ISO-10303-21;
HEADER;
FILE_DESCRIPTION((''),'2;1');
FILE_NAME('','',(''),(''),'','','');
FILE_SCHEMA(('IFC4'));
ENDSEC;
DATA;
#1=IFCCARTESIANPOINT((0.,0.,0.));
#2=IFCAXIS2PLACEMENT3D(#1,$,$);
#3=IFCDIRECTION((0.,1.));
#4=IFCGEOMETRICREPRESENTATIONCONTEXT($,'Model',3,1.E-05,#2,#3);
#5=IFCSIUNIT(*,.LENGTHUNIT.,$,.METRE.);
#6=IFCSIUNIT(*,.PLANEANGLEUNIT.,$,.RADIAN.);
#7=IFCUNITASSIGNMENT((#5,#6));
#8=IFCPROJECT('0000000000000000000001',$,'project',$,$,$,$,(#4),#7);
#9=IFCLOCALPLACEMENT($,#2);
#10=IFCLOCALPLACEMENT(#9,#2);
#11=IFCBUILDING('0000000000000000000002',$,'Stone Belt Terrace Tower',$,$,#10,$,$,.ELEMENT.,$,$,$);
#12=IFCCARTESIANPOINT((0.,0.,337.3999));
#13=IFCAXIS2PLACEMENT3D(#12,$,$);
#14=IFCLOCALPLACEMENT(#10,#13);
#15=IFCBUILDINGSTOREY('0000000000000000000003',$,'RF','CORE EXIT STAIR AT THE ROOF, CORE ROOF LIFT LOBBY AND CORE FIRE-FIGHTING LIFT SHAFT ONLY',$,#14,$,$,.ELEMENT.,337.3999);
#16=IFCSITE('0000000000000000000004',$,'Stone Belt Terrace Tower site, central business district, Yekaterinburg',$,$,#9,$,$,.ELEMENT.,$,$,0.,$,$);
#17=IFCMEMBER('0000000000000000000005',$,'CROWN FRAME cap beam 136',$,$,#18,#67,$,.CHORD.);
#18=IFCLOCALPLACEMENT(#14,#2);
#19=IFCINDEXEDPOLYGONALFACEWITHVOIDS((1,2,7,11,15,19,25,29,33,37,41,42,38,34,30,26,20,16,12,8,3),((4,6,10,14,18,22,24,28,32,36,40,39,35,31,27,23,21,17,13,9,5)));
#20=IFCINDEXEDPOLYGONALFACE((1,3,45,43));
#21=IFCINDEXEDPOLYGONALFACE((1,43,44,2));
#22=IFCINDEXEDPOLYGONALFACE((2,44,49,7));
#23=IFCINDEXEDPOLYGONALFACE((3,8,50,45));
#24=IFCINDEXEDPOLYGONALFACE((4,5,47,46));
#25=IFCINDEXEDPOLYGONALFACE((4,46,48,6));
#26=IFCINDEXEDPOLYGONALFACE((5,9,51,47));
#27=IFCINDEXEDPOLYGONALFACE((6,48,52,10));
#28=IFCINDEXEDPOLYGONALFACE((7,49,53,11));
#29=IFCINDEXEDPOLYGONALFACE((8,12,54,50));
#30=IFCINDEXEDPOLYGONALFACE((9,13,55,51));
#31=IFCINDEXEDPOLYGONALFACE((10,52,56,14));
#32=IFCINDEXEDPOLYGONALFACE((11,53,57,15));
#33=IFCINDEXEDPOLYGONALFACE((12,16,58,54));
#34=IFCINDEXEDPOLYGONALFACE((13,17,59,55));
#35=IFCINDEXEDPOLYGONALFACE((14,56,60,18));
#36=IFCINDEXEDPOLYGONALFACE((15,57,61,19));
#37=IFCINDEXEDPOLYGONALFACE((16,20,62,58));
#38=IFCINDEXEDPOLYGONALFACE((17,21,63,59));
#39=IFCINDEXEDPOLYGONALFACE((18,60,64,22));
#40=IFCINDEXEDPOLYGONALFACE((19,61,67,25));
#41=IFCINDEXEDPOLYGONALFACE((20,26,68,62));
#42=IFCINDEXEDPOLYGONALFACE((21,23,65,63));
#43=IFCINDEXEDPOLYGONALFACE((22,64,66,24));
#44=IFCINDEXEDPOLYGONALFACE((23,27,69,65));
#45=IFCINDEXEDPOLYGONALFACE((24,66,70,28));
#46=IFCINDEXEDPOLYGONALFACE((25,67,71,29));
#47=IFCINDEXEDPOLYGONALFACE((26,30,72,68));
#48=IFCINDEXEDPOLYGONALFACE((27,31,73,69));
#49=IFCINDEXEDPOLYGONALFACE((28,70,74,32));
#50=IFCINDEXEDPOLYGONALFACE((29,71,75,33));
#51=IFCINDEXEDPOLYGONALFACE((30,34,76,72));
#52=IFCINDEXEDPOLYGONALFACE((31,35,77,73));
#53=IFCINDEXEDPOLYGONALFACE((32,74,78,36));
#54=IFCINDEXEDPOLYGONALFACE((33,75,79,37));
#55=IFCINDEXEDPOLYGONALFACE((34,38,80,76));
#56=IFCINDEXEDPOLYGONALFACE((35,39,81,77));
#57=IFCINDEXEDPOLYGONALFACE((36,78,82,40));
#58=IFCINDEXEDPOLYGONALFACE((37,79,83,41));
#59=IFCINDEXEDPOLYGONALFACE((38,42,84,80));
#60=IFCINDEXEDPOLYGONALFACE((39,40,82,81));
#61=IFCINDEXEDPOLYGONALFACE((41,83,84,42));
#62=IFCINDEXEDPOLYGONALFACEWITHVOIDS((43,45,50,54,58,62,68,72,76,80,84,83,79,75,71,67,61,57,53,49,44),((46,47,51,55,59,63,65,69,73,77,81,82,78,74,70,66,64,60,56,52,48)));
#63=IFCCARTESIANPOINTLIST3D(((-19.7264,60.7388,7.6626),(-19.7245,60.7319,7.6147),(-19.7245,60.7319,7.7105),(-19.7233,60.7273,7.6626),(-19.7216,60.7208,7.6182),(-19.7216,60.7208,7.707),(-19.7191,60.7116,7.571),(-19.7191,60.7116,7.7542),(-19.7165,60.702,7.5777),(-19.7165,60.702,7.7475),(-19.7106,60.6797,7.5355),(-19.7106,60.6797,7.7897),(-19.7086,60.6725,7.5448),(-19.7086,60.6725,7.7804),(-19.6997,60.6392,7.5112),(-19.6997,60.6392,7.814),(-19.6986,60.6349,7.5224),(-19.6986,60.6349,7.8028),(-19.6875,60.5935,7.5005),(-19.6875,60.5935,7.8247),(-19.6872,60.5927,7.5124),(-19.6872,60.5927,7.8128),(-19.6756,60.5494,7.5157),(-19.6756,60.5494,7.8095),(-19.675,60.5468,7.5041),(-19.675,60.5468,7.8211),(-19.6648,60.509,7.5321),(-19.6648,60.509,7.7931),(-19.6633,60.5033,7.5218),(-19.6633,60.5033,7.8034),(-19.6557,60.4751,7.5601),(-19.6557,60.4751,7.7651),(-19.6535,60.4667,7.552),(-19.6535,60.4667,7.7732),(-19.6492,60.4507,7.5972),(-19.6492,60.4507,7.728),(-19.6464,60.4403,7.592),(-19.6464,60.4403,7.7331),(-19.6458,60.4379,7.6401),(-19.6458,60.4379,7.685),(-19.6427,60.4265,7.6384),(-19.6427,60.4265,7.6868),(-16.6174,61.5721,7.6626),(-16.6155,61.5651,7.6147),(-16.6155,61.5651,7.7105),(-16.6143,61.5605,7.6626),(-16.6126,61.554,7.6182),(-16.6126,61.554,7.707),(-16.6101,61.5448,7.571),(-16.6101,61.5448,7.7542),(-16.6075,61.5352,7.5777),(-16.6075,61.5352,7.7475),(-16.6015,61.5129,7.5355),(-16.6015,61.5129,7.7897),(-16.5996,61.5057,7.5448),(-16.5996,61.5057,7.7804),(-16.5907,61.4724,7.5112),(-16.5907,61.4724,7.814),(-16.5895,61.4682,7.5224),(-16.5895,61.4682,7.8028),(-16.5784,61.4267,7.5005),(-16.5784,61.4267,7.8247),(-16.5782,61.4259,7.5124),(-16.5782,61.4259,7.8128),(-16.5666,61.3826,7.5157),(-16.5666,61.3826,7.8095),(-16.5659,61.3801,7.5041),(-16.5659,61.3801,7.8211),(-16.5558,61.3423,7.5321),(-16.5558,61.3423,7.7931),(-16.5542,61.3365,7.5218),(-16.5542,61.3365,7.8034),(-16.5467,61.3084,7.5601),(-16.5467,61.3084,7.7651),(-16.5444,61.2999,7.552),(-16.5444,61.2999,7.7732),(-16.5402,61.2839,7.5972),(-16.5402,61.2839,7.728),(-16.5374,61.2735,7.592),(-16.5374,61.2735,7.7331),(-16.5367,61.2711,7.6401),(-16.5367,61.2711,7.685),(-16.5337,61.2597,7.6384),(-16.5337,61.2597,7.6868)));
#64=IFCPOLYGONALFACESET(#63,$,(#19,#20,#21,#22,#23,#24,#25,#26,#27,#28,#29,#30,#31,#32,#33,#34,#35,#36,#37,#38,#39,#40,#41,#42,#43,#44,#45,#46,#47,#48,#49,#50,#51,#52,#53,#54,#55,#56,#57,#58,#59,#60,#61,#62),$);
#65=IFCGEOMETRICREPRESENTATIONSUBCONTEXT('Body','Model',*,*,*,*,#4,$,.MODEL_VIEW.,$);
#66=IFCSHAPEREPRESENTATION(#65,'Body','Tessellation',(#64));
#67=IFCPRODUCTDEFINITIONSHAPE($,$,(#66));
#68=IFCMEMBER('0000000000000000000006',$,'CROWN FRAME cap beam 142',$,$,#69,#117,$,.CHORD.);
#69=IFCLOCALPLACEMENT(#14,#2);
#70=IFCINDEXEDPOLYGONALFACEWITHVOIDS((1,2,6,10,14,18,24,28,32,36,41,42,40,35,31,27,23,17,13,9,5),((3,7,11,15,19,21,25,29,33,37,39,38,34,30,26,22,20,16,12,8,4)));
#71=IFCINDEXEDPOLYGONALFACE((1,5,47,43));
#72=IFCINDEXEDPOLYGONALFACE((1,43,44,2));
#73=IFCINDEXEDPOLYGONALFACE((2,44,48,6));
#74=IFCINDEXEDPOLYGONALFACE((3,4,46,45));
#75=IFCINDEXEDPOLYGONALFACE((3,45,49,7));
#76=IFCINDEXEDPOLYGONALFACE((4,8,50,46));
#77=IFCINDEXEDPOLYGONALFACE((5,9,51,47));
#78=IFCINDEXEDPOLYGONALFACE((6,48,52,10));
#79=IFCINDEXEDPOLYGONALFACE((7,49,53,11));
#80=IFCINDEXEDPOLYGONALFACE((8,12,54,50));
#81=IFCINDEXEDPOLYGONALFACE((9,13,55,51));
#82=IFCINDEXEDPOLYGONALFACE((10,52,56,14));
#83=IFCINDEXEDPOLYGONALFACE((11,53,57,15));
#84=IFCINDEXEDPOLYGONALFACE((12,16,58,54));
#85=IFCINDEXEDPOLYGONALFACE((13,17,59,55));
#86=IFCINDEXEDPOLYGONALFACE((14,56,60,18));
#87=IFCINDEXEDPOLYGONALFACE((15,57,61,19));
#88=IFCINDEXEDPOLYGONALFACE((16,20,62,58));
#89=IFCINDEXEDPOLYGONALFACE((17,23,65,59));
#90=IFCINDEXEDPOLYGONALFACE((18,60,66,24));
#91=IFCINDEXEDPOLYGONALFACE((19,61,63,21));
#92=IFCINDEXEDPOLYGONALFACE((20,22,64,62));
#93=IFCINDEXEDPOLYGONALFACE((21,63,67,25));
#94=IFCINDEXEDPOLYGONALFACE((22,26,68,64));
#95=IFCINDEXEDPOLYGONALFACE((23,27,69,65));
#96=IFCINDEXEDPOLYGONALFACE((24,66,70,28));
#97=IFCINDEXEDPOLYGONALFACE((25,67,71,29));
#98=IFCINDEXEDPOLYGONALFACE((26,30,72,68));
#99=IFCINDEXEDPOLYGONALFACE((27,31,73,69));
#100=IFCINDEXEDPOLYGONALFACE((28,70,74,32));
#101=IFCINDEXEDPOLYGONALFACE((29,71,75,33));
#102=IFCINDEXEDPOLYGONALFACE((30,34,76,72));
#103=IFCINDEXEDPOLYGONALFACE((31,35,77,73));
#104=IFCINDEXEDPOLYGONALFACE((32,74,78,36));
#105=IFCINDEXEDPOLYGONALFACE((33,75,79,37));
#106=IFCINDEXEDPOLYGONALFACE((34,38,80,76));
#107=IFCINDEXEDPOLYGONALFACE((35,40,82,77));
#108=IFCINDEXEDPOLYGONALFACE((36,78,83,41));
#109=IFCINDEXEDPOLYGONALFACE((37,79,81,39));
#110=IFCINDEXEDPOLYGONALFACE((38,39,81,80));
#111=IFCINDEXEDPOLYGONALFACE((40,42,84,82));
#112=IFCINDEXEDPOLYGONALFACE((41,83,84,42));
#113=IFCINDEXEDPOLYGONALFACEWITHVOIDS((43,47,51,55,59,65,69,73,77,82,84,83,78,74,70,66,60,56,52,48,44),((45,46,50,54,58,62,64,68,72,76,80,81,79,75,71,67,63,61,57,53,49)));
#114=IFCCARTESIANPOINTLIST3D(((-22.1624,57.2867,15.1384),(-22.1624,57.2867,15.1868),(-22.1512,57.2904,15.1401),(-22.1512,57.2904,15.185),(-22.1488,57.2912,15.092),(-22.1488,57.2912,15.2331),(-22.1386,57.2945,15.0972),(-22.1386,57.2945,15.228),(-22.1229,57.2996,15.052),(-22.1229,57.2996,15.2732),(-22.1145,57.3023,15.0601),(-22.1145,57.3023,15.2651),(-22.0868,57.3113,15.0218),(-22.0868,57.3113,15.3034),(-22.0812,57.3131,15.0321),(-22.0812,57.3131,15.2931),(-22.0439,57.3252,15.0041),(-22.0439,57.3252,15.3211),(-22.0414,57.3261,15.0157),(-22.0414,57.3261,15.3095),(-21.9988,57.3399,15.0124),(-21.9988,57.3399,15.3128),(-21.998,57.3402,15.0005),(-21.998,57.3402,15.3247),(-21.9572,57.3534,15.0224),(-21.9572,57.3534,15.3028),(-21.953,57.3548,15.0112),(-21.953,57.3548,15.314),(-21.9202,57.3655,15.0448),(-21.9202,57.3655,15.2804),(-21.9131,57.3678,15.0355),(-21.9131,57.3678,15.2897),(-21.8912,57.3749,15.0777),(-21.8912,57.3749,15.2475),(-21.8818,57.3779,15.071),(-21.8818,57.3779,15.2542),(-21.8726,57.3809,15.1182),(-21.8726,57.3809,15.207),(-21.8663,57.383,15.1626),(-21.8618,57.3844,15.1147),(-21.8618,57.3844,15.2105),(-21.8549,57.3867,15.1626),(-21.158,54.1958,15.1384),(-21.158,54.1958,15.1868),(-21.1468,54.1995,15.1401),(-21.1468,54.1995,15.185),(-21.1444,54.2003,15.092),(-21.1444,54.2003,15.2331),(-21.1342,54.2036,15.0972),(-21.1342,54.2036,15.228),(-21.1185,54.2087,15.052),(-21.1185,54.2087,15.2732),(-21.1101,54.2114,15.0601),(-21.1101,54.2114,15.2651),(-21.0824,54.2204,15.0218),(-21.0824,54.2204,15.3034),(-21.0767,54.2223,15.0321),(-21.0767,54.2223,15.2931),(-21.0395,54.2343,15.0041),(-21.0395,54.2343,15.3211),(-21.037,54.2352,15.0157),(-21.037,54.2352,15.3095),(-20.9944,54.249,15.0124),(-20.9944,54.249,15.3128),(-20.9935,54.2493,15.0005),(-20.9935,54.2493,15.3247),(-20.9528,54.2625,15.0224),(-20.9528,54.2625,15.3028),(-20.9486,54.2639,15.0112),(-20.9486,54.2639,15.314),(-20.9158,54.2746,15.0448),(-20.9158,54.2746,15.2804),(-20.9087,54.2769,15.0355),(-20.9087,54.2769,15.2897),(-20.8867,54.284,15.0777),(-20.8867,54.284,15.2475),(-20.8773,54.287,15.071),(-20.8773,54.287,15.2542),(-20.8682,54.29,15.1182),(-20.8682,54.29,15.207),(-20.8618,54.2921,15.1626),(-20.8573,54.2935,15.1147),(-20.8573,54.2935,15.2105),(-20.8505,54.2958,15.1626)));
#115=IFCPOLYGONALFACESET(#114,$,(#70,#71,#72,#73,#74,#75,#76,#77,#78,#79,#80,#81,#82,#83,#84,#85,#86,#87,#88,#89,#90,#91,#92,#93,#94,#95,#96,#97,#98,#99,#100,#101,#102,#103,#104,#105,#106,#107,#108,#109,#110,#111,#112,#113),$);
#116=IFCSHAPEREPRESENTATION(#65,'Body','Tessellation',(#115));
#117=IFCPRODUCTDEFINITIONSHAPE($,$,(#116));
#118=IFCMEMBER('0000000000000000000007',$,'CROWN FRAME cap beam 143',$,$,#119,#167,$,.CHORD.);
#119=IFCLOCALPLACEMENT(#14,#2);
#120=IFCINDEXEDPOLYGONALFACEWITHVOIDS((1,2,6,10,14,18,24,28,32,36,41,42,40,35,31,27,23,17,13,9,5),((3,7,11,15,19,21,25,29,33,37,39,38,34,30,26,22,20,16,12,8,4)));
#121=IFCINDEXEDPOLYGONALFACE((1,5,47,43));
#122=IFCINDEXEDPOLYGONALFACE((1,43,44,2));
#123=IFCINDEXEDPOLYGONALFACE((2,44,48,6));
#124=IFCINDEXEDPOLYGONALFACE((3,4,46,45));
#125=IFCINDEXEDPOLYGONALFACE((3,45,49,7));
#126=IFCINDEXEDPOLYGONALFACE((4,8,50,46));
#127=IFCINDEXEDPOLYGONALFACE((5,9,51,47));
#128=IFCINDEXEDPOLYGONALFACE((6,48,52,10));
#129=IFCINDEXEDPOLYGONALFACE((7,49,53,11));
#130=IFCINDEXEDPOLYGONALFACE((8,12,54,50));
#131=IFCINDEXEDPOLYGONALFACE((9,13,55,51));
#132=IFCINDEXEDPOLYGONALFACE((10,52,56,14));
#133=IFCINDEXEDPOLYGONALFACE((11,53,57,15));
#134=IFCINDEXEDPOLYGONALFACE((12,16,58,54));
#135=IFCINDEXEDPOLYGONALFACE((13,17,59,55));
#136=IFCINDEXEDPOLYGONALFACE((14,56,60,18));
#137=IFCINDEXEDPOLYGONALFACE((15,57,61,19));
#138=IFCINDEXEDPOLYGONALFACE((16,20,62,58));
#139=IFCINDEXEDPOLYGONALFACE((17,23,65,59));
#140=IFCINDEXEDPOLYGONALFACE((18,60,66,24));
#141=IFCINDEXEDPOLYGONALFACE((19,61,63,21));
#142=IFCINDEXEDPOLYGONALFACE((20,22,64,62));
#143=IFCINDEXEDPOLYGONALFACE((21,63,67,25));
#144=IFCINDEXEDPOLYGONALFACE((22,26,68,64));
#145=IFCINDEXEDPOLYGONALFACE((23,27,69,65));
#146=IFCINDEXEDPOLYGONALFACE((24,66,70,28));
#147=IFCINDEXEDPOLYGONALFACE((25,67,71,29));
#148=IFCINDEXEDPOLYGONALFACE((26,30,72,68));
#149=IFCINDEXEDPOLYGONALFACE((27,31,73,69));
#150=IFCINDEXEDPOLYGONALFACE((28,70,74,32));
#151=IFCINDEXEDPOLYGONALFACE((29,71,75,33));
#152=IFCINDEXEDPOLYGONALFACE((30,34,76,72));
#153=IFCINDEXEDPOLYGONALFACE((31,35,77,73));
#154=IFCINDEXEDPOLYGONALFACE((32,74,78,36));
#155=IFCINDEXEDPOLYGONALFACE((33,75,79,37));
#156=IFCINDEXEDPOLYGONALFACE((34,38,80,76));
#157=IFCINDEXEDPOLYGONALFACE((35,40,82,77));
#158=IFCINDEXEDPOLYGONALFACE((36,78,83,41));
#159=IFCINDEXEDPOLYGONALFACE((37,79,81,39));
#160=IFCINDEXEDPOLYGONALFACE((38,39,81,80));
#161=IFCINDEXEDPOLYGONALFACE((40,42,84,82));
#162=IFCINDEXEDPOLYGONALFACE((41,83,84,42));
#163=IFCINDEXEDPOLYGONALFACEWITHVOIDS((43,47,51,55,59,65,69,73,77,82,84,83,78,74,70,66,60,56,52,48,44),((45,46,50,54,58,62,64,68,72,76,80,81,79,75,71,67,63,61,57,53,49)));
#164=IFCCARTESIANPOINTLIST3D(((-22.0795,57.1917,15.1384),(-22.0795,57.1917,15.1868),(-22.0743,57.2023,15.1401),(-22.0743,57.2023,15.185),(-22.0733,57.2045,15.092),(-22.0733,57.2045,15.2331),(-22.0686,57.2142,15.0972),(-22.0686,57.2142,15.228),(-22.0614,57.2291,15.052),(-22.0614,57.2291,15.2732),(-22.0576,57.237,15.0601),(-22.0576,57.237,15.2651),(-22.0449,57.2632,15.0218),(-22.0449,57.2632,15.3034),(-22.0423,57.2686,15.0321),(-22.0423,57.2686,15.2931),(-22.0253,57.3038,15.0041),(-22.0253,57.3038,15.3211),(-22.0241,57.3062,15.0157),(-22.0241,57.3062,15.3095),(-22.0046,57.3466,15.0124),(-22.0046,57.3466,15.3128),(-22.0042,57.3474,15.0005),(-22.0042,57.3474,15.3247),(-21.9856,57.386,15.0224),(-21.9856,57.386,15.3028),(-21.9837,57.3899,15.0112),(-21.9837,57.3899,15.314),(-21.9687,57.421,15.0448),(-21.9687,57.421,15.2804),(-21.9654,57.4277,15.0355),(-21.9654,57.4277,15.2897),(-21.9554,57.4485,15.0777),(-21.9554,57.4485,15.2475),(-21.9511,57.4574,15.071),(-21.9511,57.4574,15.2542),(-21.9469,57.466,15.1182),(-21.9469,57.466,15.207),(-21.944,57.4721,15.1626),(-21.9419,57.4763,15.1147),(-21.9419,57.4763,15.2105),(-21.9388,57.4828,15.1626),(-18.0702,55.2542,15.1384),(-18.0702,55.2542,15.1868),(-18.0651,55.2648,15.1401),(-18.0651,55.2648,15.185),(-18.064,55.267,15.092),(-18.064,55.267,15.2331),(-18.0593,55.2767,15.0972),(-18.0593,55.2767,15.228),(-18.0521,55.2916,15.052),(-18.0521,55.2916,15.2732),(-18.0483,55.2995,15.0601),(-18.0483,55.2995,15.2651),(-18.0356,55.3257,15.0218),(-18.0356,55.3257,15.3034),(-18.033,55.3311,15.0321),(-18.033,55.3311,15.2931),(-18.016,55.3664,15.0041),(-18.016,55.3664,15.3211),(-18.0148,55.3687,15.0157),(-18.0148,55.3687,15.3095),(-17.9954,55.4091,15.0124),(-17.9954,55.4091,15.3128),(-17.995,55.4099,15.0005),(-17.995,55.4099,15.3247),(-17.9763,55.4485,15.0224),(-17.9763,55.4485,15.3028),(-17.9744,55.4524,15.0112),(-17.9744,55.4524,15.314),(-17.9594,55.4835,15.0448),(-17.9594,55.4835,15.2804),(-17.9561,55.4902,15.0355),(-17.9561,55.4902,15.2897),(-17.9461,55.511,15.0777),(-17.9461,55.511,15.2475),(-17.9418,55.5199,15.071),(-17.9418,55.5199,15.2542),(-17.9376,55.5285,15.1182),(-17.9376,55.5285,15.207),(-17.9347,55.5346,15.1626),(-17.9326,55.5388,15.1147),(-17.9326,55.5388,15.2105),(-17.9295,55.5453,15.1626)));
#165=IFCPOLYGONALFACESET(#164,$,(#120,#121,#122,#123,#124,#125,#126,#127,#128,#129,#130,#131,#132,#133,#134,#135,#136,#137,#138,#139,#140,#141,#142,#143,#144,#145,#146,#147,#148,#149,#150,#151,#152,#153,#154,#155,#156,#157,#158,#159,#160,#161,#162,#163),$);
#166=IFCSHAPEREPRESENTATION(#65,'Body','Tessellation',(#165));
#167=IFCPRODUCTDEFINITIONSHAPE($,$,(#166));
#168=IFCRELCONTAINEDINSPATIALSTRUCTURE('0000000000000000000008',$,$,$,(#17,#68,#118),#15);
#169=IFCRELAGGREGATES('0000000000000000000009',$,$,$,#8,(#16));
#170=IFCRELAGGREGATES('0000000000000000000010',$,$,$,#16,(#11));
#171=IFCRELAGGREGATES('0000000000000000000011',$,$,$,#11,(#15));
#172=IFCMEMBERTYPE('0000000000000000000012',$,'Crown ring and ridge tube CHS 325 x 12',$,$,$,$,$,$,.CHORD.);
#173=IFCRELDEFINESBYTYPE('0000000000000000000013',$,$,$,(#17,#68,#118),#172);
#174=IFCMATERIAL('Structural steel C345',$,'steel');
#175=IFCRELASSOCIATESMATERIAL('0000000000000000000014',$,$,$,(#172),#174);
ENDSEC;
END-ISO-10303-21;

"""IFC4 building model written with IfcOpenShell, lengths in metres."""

from ifc_helpers import new_model, si_unit, direction, frame, origin, origin_2d, place, context, subcontext, project, spatial, hollow_circle, extrude, material, material_profile, profile_set, type_object, element, save


model = new_model("IFC4")

# Units and contexts
model_context = context("Model", 3, precision=1e-05, world=origin(), true_north=direction((0.0, 1.0)))
body_context = subcontext(model_context, "Body", "Model", "MODEL_VIEW")
ifc_project = project(units=[si_unit("LENGTHUNIT", "METRE"), si_unit("PLANEANGLEUNIT", "RADIAN")], contexts=[model_context])

# Site, building, storey
site_placement = place(None, origin())
site = spatial("IfcSite", under=ifc_project, at=site_placement, Name="Stone Belt Terrace Tower site, central business district, Yekaterinburg", CompositionType="ELEMENT", RefElevation=0.0)
building_placement = place(site_placement, origin())
building = spatial("IfcBuilding", under=site, at=building_placement, Name="Stone Belt Terrace Tower", CompositionType="ELEMENT")
storey_placement = place(building_placement, frame((0.0, 0.0, 337.3999)))
storey = spatial("IfcBuildingStorey", under=building, at=storey_placement, Name="RF", Description="CORE EXIT STAIR AT THE ROOF, CORE ROOF LIFT LOBBY AND CORE FIRE-FIGHTING LIFT SHAFT ONLY", CompositionType="ELEMENT", Elevation=337.3999)

# Members
ifc_material_1 = material(Name="Structural steel C345", Category="steel")
ifc_material_profile_1 = material_profile(ifc_material_1, hollow_circle(Radius=0.1626, WallThickness=0.012, at=origin_2d()), Name="Structural steel C345 CHS 325x12")
ifc_profile_set_1 = profile_set([ifc_material_profile_1], Name="Structural steel C345")
member_type_1 = type_object("IfcMemberType", Name="Crown ring and ridge tube CHS 325 x 12", PredefinedType="CHORD", material=ifc_profile_set_1)
member_1_placement = place(storey_placement, frame((-19.6843, 60.5818, 7.6626), z_axis=(0.965913, 0.258866, 0.0), x_axis=(-0.258866, 0.965913, 0.0)))
element("IfcMember", 1, at=member_1_placement, inside=storey, type_object=member_type_1, Name="CROWN FRAME cap beam 136", PredefinedType="CHORD", context=body_context, shape_type="SweptSolid", body=[
    extrude(hollow_circle(Radius=0.1626, WallThickness=0.012, at=origin_2d()), origin(), (0.0, 0.0, 1.0), 3.2188),
])
member_2_placement = place(storey_placement, frame((-22.0095, 57.3364, 15.1626), z_axis=(0.309052, -0.951045, 0.0), x_axis=(0.951045, 0.309052, 0.0)))
element("IfcMember", 2, at=member_2_placement, inside=storey, type_object=member_type_1, Name="CROWN FRAME cap beam 142", PredefinedType="CHORD", context=body_context, shape_type="SweptSolid", body=[
    extrude(hollow_circle(Radius=0.1626, WallThickness=0.012, at=origin_2d()), origin(), (0.0, 0.0, 1.0), 3.25),
])
member_3_placement = place(storey_placement, frame((-22.0095, 57.3364, 15.1626), z_axis=(0.900377, -0.435111, 0.0), x_axis=(0.435111, 0.900377, 0.0)))
element("IfcMember", 3, at=member_3_placement, inside=storey, type_object=member_type_1, Name="CROWN FRAME cap beam 143", PredefinedType="CHORD", context=body_context, shape_type="SweptSolid", body=[
    extrude(hollow_circle(Radius=0.1626, WallThickness=0.012, at=origin_2d()), origin(), (0.0, 0.0, 1.0), 4.4529),
])

save(model, "model.ifc")
